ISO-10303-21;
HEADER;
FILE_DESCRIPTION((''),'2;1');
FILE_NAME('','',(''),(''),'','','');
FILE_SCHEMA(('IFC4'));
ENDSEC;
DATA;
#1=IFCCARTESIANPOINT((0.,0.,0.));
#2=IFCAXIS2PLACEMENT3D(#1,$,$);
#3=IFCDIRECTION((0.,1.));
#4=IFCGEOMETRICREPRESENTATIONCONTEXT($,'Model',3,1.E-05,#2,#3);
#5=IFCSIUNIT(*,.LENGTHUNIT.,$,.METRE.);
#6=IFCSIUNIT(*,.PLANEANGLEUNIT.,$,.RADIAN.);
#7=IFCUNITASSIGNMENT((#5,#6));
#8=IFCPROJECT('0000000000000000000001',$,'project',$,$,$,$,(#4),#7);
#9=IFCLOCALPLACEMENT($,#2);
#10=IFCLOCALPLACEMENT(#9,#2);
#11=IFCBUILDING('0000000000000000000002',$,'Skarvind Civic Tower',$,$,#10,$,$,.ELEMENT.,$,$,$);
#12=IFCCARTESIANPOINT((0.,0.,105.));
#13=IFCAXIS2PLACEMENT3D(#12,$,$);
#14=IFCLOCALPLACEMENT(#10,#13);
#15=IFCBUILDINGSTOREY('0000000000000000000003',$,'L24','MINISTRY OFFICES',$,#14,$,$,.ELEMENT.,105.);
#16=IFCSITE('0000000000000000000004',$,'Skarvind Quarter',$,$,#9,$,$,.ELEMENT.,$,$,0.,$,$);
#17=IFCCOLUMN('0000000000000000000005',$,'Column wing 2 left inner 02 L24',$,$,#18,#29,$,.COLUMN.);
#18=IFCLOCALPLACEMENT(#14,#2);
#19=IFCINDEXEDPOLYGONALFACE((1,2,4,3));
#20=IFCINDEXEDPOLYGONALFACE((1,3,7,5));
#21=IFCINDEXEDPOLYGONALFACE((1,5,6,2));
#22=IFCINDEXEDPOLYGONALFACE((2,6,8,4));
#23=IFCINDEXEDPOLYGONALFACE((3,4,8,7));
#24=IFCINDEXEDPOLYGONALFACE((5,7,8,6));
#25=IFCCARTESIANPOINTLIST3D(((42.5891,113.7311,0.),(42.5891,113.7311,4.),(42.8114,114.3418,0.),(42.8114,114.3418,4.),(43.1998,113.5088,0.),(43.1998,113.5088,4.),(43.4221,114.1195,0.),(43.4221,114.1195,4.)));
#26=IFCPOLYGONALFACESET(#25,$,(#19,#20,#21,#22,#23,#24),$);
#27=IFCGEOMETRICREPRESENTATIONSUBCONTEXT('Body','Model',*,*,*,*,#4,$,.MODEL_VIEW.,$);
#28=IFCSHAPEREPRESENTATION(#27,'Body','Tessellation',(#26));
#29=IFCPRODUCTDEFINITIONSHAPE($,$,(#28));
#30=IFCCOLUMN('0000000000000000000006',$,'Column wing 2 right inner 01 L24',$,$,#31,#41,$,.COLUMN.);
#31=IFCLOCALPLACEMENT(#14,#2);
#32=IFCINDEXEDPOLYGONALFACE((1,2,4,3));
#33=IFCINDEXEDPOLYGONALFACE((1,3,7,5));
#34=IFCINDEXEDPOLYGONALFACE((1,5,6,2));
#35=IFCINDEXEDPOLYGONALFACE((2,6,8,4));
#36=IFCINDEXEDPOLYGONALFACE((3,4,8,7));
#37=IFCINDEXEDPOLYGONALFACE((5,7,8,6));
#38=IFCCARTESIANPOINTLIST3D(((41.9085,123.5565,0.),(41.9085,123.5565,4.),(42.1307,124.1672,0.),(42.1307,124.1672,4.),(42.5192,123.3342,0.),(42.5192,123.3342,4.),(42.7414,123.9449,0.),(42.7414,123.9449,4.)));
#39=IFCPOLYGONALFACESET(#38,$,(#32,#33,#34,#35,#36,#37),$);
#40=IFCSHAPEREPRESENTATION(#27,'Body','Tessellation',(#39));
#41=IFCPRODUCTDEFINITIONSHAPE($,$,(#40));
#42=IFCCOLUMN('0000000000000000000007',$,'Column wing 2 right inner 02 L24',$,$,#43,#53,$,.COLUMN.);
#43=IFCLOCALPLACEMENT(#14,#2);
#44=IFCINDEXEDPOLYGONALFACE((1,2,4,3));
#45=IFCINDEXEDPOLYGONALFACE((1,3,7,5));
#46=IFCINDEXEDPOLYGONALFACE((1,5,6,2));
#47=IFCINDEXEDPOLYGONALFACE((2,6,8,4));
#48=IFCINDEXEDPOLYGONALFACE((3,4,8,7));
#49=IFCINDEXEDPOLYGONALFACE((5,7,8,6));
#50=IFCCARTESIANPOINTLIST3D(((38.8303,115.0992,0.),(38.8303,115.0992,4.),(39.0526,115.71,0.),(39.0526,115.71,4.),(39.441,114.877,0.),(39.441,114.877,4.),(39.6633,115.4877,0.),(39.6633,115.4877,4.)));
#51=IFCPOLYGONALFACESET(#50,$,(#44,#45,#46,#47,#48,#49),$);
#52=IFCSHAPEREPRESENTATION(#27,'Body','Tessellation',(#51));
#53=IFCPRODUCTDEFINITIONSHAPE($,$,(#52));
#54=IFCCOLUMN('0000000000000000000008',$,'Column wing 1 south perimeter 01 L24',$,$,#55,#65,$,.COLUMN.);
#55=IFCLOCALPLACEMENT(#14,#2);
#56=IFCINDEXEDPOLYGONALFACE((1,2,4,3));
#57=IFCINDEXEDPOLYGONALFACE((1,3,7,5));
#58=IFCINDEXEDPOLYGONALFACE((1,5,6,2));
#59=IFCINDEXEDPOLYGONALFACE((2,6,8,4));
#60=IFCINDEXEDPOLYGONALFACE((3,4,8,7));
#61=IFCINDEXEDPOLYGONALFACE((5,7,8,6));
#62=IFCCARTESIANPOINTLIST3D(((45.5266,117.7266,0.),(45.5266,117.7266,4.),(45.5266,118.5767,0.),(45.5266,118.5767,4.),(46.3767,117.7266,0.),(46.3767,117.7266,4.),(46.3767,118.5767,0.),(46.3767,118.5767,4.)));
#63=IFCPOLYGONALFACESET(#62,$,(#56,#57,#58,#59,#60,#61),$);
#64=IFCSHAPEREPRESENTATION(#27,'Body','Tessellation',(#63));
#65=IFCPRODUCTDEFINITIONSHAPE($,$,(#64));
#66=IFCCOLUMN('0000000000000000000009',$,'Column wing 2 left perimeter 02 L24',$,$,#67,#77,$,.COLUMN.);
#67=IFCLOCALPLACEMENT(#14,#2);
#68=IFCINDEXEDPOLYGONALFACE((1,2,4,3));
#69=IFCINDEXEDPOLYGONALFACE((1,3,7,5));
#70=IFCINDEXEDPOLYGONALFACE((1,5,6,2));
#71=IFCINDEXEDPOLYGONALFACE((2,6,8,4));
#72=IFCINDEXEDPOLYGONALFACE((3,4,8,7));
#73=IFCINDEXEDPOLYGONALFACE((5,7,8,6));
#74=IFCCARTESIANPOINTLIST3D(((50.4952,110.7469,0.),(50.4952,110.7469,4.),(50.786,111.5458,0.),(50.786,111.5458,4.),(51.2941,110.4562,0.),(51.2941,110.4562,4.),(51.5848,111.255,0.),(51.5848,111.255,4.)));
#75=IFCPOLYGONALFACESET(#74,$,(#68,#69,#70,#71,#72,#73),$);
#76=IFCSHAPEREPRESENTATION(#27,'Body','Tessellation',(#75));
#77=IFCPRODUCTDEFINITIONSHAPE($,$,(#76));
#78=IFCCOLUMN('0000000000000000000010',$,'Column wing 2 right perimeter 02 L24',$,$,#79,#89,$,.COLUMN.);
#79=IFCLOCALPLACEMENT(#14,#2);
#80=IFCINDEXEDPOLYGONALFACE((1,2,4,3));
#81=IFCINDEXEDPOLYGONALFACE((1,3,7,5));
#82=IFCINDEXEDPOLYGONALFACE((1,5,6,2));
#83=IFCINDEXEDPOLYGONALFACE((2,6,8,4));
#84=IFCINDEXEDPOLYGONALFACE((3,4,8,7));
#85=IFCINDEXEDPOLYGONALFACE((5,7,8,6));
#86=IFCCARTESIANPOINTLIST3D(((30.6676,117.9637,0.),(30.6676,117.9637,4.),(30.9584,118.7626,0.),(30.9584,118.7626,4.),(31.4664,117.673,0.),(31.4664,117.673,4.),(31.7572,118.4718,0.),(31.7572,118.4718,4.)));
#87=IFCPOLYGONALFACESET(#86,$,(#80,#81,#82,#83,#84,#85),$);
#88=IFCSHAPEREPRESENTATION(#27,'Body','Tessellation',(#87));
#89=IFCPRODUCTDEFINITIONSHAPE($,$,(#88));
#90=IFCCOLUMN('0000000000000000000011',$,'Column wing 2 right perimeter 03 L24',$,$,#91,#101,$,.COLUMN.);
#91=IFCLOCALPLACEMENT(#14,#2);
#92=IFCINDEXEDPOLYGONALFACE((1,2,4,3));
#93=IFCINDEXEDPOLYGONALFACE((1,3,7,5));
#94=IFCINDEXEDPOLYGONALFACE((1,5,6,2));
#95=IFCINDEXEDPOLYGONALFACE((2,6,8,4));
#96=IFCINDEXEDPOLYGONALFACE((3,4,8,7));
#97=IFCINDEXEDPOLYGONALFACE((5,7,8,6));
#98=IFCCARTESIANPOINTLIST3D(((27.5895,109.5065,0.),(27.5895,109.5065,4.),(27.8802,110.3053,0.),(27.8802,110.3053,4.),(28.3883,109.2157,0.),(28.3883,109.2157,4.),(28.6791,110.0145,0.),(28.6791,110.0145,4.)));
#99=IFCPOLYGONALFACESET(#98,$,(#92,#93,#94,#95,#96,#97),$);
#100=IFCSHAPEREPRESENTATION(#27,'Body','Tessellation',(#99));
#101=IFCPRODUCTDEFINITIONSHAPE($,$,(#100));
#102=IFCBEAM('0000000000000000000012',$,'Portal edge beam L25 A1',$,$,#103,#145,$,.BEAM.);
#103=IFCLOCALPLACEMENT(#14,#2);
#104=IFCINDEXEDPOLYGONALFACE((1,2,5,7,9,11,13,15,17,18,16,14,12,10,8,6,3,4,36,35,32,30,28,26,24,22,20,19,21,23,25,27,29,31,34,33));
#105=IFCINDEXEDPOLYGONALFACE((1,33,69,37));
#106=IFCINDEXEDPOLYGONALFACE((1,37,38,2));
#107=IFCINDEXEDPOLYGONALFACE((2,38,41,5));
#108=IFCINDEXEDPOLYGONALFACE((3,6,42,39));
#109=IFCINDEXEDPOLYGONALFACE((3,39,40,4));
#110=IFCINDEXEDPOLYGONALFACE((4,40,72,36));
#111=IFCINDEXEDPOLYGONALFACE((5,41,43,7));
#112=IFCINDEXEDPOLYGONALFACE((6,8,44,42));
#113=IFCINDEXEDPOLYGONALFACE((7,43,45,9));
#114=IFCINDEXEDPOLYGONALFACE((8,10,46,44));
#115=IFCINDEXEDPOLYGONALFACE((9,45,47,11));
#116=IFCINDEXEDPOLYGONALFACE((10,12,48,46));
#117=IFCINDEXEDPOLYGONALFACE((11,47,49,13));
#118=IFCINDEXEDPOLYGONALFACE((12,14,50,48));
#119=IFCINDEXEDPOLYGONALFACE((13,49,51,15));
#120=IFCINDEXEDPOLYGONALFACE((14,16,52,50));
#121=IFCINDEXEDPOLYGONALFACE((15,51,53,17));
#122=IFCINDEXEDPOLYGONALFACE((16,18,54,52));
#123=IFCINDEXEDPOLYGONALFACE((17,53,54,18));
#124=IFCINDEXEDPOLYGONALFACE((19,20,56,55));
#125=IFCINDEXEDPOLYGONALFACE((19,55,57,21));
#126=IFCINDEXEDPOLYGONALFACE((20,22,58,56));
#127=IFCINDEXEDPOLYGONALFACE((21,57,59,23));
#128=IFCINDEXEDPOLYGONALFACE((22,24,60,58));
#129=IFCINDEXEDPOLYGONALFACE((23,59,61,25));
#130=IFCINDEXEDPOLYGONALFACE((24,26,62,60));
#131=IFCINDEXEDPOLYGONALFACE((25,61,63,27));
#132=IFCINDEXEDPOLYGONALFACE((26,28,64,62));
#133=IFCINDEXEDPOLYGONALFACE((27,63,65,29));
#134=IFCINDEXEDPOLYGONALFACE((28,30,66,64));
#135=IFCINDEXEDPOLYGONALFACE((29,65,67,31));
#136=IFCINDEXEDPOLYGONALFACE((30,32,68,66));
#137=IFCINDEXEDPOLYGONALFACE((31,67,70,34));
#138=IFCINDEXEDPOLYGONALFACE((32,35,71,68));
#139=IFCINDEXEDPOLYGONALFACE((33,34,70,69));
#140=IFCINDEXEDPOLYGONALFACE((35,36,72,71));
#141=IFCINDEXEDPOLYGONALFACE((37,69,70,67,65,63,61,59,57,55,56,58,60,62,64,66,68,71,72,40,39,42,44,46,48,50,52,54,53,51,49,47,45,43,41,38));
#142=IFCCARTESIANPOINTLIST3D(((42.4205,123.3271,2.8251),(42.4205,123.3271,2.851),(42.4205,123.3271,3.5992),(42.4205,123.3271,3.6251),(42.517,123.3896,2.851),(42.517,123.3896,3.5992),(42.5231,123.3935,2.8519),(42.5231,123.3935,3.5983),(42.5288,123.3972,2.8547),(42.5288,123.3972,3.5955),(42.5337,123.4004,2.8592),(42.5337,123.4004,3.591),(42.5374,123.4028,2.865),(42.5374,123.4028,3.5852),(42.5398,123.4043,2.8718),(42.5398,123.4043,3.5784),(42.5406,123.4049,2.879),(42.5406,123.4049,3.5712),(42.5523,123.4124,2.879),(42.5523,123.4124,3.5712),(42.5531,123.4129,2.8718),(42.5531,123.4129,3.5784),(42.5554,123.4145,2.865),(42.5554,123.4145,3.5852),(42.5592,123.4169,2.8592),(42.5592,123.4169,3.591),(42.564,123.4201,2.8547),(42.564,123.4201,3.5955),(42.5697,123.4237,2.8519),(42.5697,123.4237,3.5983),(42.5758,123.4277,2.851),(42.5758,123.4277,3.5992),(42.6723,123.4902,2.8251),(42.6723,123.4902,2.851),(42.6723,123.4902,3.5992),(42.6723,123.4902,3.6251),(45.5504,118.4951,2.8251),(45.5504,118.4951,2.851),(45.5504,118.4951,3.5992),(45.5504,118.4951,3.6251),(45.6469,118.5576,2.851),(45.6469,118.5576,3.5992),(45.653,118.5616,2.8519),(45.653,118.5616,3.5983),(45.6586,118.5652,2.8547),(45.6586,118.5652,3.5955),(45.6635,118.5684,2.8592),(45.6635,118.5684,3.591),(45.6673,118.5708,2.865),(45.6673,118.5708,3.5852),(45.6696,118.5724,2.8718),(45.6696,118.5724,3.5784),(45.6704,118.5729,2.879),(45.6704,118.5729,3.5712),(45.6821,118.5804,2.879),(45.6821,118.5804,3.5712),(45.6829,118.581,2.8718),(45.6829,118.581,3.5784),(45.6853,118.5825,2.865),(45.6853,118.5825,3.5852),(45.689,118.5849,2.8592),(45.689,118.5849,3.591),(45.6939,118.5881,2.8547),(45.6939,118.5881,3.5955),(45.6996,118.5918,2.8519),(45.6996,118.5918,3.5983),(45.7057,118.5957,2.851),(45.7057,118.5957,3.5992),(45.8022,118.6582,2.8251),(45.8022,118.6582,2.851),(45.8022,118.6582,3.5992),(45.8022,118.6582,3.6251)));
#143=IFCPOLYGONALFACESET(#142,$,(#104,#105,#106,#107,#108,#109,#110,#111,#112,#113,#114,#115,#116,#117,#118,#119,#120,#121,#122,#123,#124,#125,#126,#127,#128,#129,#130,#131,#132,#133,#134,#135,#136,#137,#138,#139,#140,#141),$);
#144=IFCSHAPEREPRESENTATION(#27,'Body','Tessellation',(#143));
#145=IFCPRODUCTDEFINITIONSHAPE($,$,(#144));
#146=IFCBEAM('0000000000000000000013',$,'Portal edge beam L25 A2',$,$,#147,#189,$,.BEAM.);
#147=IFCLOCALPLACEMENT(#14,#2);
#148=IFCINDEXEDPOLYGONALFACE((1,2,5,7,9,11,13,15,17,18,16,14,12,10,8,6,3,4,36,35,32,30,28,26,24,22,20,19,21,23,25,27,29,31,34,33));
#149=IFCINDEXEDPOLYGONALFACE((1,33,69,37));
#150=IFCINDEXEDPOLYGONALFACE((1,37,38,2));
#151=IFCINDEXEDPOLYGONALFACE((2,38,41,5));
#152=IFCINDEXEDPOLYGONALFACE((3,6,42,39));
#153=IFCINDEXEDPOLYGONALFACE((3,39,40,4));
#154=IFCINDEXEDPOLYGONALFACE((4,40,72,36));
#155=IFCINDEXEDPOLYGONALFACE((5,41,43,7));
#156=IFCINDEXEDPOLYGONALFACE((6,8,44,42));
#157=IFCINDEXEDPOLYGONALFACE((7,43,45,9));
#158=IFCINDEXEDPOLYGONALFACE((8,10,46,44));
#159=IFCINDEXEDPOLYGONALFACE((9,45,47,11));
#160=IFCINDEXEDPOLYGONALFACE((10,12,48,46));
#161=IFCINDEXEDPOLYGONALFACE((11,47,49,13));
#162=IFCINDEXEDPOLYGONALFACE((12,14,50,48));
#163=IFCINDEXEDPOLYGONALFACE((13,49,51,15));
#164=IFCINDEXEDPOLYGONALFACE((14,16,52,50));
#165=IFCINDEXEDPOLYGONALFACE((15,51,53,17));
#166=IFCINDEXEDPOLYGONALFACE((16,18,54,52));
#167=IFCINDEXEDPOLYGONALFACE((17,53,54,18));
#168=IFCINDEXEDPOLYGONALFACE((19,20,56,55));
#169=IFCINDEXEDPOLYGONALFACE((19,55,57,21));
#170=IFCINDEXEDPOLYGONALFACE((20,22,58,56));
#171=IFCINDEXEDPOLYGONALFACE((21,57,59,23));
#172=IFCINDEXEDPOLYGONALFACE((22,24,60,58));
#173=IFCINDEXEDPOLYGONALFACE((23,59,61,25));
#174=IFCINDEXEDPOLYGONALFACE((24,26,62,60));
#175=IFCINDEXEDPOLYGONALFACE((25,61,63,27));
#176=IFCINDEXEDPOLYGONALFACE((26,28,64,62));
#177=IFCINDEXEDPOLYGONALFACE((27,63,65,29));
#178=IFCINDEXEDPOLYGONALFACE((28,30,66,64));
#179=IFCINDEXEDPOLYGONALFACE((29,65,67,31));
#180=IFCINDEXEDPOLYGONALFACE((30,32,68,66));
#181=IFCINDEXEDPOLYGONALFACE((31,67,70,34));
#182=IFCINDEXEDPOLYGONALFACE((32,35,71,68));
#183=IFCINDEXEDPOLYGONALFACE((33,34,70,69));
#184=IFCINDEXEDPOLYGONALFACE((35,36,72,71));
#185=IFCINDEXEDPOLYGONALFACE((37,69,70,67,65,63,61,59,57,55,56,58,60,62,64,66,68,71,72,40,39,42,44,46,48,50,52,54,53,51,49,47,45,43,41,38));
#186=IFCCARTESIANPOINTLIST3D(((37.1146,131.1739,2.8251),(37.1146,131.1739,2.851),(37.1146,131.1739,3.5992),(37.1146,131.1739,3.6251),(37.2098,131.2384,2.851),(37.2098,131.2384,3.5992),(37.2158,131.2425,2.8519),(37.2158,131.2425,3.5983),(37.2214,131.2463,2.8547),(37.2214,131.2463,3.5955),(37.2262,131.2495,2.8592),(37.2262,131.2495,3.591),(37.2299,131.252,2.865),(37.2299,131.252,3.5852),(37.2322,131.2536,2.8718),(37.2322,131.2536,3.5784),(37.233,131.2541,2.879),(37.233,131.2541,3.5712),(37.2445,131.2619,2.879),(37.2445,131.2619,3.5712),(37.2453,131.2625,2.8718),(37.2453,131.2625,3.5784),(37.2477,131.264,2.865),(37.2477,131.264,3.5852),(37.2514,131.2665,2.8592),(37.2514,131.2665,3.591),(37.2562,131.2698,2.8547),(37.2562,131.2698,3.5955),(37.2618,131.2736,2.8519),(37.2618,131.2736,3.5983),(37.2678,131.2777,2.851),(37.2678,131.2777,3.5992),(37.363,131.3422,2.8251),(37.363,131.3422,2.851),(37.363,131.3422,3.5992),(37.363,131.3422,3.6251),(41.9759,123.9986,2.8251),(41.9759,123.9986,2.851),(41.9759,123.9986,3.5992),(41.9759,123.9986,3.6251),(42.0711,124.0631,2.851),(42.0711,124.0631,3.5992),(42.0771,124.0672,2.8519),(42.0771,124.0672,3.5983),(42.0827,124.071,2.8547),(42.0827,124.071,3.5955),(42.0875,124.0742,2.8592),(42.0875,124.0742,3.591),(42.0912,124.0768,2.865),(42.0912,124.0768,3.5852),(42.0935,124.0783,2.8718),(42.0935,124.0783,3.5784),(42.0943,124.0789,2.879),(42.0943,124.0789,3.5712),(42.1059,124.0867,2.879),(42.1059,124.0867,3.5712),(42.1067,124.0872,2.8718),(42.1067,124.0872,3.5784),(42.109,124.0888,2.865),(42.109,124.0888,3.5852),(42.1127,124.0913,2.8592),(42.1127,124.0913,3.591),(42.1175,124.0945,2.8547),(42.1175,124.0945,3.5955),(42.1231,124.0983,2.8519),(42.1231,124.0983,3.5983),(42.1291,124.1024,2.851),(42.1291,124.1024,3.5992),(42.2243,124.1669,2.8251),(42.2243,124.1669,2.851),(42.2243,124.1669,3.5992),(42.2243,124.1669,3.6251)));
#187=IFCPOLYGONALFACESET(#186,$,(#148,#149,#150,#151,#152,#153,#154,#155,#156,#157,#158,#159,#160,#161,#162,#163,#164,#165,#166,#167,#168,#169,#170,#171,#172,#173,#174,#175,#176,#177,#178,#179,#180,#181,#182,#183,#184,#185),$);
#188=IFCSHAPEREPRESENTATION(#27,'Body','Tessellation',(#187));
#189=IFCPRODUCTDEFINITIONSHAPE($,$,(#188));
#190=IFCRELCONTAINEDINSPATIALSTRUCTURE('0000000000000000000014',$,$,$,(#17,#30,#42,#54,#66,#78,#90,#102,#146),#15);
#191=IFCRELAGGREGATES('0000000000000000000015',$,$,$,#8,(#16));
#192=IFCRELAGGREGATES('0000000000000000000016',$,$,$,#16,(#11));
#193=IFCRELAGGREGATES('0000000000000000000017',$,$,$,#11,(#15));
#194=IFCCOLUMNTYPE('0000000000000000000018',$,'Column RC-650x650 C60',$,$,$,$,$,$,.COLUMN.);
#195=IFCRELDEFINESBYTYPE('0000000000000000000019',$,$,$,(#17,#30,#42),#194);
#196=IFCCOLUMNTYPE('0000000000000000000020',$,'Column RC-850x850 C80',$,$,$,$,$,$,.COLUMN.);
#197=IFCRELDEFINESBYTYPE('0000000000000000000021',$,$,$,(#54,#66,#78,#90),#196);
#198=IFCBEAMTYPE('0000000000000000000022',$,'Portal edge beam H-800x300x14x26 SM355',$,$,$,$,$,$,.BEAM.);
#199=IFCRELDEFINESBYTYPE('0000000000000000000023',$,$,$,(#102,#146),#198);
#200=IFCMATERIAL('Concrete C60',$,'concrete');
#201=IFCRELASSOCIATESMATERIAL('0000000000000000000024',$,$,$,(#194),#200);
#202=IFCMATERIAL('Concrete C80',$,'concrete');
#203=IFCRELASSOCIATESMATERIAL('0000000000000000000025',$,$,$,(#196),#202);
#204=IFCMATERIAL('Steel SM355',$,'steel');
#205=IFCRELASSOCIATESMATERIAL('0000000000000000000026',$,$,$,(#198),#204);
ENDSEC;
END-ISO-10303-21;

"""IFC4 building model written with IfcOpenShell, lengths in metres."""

from ifc_helpers import new_model, si_unit, direction, frame, origin, origin_2d, place, context, subcontext, project, spatial, rectangle, i_section, extrude, material, material_profile, profile_set, type_object, element, save


model = new_model("IFC4")

# Units and contexts
model_context = context("Model", 3, precision=1e-05, world=origin(), true_north=direction((0.0, 1.0)))
body_context = subcontext(model_context, "Body", "Model", "MODEL_VIEW")
ifc_project = project(units=[si_unit("LENGTHUNIT", "METRE"), si_unit("PLANEANGLEUNIT", "RADIAN")], contexts=[model_context])

# Site, building, storey
site_placement = place(None, origin())
site = spatial("IfcSite", under=ifc_project, at=site_placement, Name="Skarvind Quarter", CompositionType="ELEMENT", RefElevation=0.0)
building_placement = place(site_placement, origin())
building = spatial("IfcBuilding", under=site, at=building_placement, Name="Skarvind Civic Tower", CompositionType="ELEMENT")
storey_placement = place(building_placement, frame((0.0, 0.0, 105.0)))
storey = spatial("IfcBuildingStorey", under=building, at=storey_placement, Name="L24", Description="MINISTRY OFFICES", CompositionType="ELEMENT", Elevation=105.0)

# Columns
ifc_material_1 = material(Name="Concrete C60", Category="concrete")
ifc_material_profile_1 = material_profile(ifc_material_1, rectangle(XDim=0.6499, YDim=0.6499, at=origin_2d()), Name="RC-650x650")
ifc_profile_set_1 = profile_set([ifc_material_profile_1], Name="Concrete C60")
column_type_1 = type_object("IfcColumnType", Name="Column RC-650x650 C60", PredefinedType="COLUMN", material=ifc_profile_set_1)
for number, where, z_axis, x_axis, name in (
    (1, (43.0056, 113.9253, 0.0), (0.0, 0.0, 1.0), (-0.34202, -0.939693, 0.0), "Column wing 2 left inner 02 L24"),
    (2, (42.325, 123.7507, 0.0), (0.0, 0.0, 1.0), (-0.34202, -0.939693, 0.0), "Column wing 2 right inner 01 L24"),
    (3, (39.2468, 115.2935, 0.0), (0.0, 0.0, 1.0), (-0.34202, -0.939693, 0.0), "Column wing 2 right inner 02 L24"),
):
    element("IfcColumn", number, at=place(storey_placement, frame(where, z_axis=z_axis, x_axis=x_axis)), inside=storey, type_object=column_type_1, Name=name, PredefinedType="COLUMN", context=body_context, shape_type="SweptSolid", body=[
        extrude(rectangle(XDim=0.6499, YDim=0.6499, at=origin_2d()), origin(), (0.0, 0.0, 1.0), 4.0),
    ])
ifc_material_2 = material(Name="Concrete C80", Category="concrete")
ifc_material_profile_2 = material_profile(ifc_material_2, rectangle(XDim=0.8501, YDim=0.8501, at=origin_2d()), Name="RC-850x850")
ifc_profile_set_2 = profile_set([ifc_material_profile_2], Name="Concrete C80")
column_type_2 = type_object("IfcColumnType", Name="Column RC-850x850 C80", PredefinedType="COLUMN", material=ifc_profile_set_2)
for number, where, z_axis, x_axis, name in (
    (4, (45.9517, 118.1516, 0.0), (0.0, 0.0, 1.0), (1.0, 0.0, 0.0), "Column wing 1 south perimeter 01 L24"),
    (5, (51.04, 111.001, 0.0), (0.0, 0.0, 1.0), (-0.34202, -0.939693, 0.0), "Column wing 2 left perimeter 02 L24"),
    (6, (31.2124, 118.2178, 0.0), (0.0, 0.0, 1.0), (-0.34202, -0.939693, 0.0), "Column wing 2 right perimeter 02 L24"),
    (7, (28.1343, 109.7605, 0.0), (0.0, 0.0, 1.0), (-0.34202, -0.939693, 0.0), "Column wing 2 right perimeter 03 L24"),
):
    element("IfcColumn", number, at=place(storey_placement, frame(where, z_axis=z_axis, x_axis=x_axis)), inside=storey, type_object=column_type_2, Name=name, PredefinedType="COLUMN", context=body_context, shape_type="SweptSolid", body=[
        extrude(rectangle(XDim=0.8501, YDim=0.8501, at=origin_2d()), origin(), (0.0, 0.0, 1.0), 4.0),
    ])

# Beams
ifc_material_3 = material(Name="Steel SM355", Category="steel")
ifc_material_profile_3 = material_profile(ifc_material_3, i_section(OverallWidth=0.3, OverallDepth=0.8, WebThickness=0.0139, FlangeThickness=0.0259, FilletRadius=0.0281, at=origin_2d()), Name="H-800x300x14x26")
ifc_profile_set_3 = profile_set([ifc_material_profile_3], Name="Steel SM355")
beam_type = type_object("IfcBeamType", Name="Portal edge beam H-800x300x14x26 SM355", PredefinedType="BEAM", material=ifc_profile_set_3)
beam_1_placement = place(storey_placement, frame((45.6763, 118.5767, 3.2251), z_axis=(-0.543652, 0.839311, 0.0), x_axis=(-0.839311, -0.543652, 0.0)))
element("IfcBeam", 8, at=beam_1_placement, inside=storey, type_object=beam_type, Name="Portal edge beam L25 A1", PredefinedType="BEAM", context=body_context, shape_type="SweptSolid", body=[
    extrude(i_section(OverallWidth=0.3, OverallDepth=0.8, WebThickness=0.0139, FlangeThickness=0.0259, FilletRadius=0.0281, at=origin_2d()), origin(), (0.0, 0.0, 1.0), 5.7571),
])
beam_2_placement = place(storey_placement, frame((42.1001, 124.0828, 3.2251), z_axis=(-0.560899, 0.827884, 0.0), x_axis=(-0.827884, -0.560899, 0.0)))
element("IfcBeam", 9, at=beam_2_placement, inside=storey, type_object=beam_type, Name="Portal edge beam L25 A2", PredefinedType="BEAM", context=body_context, shape_type="SweptSolid", body=[
    extrude(i_section(OverallWidth=0.3, OverallDepth=0.8, WebThickness=0.0139, FlangeThickness=0.0259, FilletRadius=0.0281, at=origin_2d()), origin(), (0.0, 0.0, 1.0), 8.667),
])

save(model, "model.ifc")
